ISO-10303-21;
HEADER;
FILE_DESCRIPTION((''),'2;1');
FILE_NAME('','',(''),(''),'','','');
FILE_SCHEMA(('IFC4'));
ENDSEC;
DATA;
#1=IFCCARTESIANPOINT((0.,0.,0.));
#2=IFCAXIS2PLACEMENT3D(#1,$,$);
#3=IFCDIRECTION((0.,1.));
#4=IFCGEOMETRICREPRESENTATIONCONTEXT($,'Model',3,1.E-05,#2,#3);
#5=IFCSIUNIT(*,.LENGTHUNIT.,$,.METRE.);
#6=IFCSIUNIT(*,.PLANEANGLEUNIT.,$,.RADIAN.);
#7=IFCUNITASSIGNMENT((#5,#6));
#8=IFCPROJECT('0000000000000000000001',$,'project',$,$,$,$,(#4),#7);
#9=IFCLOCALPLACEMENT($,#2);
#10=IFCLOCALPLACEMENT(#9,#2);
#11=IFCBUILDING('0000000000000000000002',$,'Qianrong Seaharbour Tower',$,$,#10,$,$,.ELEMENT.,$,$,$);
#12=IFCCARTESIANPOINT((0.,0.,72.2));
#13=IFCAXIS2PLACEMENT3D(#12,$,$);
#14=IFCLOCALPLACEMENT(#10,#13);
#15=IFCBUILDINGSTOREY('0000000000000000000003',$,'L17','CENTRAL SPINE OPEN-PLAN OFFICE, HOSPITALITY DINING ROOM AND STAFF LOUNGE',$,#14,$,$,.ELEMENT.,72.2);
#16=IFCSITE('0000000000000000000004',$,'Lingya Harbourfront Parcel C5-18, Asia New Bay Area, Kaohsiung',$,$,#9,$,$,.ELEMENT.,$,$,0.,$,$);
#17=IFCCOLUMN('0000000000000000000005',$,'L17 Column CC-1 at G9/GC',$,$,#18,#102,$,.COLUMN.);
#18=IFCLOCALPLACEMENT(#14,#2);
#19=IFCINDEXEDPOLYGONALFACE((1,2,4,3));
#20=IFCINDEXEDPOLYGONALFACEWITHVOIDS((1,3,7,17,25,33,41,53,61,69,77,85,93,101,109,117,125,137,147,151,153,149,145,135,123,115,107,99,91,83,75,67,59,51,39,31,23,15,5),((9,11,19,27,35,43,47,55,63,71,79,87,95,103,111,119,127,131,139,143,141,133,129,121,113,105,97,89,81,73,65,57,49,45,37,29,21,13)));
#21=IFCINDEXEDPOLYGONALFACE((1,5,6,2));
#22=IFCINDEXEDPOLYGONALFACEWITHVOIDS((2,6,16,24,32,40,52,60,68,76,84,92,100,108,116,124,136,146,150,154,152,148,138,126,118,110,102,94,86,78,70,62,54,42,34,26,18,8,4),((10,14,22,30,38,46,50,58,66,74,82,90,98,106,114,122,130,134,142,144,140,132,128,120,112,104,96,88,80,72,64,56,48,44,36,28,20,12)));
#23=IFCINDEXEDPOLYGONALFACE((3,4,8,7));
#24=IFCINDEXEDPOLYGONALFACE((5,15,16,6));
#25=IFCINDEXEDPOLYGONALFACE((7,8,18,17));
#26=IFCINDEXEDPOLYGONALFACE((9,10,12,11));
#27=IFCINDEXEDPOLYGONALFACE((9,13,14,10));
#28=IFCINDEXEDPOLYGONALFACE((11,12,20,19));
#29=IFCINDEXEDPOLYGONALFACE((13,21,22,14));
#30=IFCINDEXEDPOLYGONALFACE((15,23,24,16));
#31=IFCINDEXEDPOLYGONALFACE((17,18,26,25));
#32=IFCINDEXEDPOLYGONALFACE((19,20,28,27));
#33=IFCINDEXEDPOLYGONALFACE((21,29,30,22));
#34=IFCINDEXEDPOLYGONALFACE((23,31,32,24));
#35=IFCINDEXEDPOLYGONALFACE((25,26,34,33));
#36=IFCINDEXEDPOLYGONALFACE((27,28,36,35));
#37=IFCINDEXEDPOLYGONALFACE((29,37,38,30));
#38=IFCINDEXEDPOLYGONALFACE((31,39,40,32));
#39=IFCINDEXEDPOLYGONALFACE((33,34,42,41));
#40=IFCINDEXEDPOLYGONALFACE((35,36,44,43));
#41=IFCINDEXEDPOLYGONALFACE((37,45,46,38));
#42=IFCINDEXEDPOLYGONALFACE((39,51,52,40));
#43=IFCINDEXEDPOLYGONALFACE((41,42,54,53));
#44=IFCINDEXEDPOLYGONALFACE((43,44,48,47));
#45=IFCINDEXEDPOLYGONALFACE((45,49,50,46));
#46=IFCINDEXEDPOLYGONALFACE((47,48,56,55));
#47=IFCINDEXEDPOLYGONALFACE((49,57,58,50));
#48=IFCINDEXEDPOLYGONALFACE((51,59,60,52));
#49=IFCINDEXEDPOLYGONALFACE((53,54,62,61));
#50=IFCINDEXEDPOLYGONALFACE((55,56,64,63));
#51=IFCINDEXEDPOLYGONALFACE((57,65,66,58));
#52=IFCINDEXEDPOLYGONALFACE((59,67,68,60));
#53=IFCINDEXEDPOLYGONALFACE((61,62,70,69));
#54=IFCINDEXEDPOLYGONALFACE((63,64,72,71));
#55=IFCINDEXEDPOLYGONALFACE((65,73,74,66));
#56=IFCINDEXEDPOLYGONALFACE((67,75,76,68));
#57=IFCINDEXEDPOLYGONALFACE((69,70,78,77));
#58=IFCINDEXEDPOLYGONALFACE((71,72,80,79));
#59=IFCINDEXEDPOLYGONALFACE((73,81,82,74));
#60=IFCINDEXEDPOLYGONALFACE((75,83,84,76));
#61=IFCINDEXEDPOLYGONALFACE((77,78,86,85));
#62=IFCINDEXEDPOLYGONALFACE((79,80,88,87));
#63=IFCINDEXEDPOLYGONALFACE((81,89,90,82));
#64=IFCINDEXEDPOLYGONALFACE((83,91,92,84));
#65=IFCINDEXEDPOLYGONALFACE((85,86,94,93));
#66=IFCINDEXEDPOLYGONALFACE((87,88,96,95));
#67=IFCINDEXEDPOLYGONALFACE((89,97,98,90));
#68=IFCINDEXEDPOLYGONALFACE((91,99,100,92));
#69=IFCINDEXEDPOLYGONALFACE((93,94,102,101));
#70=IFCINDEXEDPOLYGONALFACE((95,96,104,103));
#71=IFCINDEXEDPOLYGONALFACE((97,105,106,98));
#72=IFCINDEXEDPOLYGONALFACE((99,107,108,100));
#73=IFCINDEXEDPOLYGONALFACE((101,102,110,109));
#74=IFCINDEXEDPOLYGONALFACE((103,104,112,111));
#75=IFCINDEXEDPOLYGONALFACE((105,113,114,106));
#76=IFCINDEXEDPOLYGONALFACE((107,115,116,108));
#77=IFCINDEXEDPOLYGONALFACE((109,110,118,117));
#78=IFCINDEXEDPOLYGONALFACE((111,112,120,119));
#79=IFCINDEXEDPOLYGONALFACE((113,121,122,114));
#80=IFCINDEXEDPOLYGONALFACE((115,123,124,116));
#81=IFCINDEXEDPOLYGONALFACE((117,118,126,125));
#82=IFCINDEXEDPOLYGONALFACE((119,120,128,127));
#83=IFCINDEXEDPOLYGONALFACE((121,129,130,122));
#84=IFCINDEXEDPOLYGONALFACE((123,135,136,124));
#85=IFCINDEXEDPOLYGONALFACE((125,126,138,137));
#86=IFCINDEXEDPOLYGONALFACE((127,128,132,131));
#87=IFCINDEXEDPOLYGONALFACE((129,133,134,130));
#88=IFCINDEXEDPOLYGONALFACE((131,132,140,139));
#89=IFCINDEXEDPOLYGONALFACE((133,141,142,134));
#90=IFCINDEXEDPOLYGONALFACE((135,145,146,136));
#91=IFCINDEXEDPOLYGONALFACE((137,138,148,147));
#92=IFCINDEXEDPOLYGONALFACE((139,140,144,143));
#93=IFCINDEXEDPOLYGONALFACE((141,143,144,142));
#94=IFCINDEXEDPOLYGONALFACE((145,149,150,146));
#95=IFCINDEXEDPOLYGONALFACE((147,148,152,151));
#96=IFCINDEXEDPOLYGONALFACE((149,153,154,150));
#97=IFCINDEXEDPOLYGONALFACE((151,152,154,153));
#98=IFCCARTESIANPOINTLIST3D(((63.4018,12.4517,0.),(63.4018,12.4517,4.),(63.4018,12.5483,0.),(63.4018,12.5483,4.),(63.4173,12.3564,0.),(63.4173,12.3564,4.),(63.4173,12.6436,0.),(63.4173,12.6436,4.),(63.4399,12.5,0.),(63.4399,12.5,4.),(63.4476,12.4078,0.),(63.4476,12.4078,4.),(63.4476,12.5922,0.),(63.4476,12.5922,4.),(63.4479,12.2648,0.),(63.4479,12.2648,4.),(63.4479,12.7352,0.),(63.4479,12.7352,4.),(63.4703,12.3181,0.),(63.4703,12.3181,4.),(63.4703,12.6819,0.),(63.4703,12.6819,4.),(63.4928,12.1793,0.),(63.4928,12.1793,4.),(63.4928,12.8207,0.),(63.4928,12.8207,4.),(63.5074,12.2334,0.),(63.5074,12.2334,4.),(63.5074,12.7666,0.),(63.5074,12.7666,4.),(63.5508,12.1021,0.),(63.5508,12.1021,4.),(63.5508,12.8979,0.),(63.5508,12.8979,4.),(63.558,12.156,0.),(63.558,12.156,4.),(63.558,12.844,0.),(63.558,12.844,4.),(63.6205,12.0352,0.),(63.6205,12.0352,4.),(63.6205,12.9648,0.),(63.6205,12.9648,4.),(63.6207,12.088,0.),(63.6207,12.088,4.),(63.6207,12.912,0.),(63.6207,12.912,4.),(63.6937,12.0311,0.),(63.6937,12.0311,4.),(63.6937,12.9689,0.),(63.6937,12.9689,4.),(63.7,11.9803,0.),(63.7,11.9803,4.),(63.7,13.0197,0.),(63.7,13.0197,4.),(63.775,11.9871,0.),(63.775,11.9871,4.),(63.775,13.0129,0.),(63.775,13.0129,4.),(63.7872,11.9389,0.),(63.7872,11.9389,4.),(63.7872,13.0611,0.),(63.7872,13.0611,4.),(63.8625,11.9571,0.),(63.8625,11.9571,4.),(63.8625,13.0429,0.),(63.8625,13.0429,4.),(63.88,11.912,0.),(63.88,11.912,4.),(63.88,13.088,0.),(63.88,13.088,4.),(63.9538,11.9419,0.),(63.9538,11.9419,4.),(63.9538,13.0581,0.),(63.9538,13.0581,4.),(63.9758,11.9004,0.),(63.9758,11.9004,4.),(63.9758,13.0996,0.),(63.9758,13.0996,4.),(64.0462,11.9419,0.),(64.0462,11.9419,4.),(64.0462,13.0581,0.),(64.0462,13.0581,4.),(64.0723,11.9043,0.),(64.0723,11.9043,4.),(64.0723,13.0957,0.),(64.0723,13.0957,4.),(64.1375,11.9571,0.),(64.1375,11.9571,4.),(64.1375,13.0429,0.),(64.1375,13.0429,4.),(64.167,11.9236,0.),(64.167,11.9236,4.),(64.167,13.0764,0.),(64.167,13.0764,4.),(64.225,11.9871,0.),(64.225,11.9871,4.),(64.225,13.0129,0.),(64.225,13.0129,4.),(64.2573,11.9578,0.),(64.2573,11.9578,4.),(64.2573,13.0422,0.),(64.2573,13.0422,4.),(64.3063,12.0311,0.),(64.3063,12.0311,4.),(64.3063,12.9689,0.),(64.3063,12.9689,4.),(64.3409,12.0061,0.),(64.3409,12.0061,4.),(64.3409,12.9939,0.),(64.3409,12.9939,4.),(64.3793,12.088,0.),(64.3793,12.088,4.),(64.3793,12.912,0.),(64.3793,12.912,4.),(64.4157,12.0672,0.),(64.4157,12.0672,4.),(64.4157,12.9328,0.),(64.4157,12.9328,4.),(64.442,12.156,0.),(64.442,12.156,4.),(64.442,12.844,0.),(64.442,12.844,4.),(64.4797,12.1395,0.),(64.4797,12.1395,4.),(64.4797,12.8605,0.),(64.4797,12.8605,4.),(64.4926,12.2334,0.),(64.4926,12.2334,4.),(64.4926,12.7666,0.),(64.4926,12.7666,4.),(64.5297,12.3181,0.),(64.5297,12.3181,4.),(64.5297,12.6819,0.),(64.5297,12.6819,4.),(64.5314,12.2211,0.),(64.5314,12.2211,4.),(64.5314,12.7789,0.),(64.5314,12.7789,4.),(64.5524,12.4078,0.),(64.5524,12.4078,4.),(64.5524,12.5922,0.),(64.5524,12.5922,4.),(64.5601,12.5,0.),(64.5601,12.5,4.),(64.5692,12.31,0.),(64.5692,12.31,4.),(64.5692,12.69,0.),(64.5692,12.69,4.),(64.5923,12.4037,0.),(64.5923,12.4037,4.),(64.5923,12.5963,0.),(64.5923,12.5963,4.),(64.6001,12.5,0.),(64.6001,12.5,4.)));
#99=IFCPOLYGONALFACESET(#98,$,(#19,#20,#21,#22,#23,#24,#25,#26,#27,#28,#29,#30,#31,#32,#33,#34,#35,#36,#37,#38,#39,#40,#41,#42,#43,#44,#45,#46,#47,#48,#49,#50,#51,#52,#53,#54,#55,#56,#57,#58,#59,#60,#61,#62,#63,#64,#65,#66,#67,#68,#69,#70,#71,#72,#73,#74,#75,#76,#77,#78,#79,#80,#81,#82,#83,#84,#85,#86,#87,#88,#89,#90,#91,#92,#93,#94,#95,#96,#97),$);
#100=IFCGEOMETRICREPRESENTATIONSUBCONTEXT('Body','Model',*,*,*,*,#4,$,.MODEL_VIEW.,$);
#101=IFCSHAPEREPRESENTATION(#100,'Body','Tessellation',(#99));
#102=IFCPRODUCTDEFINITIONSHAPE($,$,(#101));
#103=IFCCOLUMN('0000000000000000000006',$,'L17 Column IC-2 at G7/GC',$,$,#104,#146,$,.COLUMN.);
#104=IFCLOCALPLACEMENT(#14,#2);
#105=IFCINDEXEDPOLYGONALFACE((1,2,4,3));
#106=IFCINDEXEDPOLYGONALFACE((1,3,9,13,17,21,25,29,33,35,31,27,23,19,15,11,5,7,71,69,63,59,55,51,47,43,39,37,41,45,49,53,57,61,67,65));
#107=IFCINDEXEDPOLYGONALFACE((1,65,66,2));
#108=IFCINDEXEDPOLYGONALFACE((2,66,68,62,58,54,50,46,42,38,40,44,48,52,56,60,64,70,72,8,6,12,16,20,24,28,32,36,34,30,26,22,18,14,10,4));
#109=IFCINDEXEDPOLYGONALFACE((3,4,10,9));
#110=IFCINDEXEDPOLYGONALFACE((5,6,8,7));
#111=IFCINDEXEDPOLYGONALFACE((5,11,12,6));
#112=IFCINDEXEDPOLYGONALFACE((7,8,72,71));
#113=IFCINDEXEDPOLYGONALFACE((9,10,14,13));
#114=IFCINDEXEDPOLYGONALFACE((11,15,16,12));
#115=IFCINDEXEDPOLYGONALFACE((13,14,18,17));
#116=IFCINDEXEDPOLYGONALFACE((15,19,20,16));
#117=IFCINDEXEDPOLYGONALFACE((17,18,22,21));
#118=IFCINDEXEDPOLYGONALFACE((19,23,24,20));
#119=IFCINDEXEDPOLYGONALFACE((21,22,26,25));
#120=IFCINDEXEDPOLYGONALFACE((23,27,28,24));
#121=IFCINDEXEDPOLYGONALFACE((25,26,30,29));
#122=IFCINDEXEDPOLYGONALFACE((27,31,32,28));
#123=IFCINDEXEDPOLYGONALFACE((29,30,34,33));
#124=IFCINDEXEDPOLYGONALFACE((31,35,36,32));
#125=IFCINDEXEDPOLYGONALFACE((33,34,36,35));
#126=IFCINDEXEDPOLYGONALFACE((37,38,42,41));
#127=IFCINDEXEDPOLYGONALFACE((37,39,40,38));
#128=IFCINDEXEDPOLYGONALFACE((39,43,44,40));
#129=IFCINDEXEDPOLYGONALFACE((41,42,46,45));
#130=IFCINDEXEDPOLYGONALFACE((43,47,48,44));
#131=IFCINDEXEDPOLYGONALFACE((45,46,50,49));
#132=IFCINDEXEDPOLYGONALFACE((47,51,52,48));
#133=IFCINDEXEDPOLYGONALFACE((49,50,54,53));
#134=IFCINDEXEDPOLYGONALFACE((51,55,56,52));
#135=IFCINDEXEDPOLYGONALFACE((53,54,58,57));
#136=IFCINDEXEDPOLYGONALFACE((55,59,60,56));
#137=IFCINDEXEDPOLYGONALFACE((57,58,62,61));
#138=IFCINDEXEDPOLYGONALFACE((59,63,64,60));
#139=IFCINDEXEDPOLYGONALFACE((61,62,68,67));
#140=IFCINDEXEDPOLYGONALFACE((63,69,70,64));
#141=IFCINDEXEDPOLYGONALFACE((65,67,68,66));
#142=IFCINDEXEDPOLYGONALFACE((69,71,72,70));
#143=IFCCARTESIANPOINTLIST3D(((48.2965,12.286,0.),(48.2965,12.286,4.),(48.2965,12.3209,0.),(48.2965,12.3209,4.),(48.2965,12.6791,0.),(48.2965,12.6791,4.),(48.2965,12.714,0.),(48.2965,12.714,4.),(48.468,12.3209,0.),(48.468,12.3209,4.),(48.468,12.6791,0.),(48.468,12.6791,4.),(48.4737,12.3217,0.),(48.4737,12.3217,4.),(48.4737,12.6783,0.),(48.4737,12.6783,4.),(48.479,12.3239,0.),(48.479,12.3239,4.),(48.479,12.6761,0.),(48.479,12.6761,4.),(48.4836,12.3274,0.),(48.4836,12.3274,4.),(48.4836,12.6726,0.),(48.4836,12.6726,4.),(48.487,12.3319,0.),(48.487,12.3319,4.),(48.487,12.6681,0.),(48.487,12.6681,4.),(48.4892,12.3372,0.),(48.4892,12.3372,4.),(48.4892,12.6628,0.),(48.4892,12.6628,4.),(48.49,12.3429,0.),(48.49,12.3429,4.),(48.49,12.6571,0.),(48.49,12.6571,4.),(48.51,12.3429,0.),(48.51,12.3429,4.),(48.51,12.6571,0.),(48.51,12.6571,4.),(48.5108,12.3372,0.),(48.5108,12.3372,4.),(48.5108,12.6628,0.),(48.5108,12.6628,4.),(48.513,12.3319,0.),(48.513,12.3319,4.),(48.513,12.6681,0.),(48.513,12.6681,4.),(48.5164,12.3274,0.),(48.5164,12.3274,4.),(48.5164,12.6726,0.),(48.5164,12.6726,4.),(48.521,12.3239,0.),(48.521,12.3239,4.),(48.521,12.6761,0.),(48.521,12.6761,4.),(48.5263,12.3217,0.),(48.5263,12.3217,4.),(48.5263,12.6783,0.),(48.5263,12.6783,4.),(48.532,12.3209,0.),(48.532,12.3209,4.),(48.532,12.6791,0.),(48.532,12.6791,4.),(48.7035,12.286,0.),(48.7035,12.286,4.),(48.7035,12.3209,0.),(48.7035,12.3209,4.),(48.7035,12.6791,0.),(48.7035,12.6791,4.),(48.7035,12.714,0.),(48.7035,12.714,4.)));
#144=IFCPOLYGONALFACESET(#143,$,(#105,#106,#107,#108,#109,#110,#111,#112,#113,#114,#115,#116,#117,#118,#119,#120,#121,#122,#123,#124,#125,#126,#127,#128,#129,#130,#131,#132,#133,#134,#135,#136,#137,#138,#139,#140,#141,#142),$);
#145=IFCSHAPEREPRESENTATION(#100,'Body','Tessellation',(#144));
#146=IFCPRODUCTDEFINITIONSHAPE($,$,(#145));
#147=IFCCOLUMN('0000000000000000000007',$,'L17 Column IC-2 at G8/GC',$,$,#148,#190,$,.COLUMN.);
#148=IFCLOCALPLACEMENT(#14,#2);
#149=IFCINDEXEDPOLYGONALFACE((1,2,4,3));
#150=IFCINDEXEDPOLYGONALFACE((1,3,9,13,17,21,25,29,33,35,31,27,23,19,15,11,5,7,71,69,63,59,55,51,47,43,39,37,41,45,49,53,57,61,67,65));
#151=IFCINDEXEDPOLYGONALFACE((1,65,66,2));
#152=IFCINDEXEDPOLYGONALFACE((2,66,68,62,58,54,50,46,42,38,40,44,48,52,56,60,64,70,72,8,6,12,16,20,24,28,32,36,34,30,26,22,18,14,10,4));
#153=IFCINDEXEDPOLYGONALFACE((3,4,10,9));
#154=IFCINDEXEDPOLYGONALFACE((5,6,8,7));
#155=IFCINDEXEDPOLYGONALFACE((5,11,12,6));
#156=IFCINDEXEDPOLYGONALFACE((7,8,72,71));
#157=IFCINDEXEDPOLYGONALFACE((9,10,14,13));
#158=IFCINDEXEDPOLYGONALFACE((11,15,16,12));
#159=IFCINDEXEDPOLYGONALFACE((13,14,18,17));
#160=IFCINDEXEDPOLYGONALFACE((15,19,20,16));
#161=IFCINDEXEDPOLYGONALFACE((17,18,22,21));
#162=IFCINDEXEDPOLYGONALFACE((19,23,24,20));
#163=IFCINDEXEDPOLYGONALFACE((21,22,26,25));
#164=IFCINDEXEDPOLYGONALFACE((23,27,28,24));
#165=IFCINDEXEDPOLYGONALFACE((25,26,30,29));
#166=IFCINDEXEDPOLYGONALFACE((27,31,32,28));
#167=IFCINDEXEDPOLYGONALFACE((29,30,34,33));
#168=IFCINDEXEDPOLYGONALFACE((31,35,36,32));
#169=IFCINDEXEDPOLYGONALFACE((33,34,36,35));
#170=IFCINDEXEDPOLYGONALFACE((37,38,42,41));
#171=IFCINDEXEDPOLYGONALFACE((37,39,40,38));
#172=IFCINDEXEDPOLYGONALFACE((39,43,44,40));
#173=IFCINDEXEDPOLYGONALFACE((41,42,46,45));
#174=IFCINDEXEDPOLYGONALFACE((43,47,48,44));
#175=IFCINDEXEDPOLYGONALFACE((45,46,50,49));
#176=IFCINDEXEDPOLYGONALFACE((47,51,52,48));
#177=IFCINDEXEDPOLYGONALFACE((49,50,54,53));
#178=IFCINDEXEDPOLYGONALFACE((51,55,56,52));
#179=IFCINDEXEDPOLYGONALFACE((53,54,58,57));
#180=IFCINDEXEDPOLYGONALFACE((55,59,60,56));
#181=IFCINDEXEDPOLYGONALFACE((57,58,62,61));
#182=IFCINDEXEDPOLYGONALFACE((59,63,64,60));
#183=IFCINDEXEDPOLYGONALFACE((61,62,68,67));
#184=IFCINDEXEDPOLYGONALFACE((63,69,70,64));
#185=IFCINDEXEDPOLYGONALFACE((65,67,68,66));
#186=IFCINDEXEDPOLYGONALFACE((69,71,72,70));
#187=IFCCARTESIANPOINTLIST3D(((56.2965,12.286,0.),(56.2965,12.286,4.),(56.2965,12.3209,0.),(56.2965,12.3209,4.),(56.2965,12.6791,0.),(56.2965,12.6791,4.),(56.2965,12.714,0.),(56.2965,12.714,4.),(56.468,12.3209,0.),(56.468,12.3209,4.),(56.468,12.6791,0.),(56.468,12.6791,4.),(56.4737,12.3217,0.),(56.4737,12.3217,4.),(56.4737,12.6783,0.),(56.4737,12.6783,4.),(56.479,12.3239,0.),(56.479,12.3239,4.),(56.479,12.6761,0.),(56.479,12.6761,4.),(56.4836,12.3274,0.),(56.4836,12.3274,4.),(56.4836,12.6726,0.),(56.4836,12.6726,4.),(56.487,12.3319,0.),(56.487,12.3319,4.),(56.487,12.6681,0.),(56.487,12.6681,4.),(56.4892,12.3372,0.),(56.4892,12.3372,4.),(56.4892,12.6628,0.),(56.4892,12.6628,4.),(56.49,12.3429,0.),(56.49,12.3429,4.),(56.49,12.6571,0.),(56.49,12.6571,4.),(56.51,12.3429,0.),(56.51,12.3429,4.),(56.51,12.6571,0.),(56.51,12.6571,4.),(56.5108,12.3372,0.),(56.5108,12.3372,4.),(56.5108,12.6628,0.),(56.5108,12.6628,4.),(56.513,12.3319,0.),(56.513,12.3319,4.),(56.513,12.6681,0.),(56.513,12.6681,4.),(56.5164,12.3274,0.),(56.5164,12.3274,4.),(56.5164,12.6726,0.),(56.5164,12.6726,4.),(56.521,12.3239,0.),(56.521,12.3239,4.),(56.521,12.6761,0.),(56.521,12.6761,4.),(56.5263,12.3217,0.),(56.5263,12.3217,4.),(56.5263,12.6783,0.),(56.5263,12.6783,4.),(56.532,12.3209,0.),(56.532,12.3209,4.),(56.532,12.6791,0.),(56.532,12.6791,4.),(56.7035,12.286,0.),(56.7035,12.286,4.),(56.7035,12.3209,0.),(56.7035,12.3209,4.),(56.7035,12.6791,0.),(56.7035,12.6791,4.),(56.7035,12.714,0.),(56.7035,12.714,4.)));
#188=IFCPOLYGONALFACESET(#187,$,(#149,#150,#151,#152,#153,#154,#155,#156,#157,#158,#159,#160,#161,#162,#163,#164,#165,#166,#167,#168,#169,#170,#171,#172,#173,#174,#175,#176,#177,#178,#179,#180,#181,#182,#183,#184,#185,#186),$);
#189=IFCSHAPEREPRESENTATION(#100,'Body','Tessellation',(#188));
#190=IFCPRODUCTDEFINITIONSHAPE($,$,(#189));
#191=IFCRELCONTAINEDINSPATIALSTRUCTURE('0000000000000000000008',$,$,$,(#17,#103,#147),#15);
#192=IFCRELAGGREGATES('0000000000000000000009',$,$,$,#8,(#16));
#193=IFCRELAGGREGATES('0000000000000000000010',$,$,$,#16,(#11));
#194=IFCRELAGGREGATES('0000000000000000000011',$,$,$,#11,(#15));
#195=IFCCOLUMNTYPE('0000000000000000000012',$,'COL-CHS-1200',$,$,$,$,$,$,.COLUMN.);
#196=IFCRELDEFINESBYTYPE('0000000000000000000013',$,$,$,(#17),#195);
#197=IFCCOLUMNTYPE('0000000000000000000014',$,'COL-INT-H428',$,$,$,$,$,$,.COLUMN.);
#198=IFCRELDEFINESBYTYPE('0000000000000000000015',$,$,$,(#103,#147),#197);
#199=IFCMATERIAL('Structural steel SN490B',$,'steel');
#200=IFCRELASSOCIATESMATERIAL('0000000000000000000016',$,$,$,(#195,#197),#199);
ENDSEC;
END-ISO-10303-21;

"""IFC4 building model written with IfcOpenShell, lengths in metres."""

from ifc_helpers import new_model, si_unit, direction, frame, origin, origin_2d, place, context, subcontext, project, spatial, hollow_circle, i_section, extrude, material, material_profile, profile_set, type_object, element, save


model = new_model("IFC4")

# Units and contexts
model_context = context("Model", 3, precision=1e-05, world=origin(), true_north=direction((0.0, 1.0)))
body_context = subcontext(model_context, "Body", "Model", "MODEL_VIEW")
ifc_project = project(units=[si_unit("LENGTHUNIT", "METRE"), si_unit("PLANEANGLEUNIT", "RADIAN")], contexts=[model_context])

# Site, building, storey
site_placement = place(None, origin())
site = spatial("IfcSite", under=ifc_project, at=site_placement, Name="Lingya Harbourfront Parcel C5-18, Asia New Bay Area, Kaohsiung", CompositionType="ELEMENT", RefElevation=0.0)
building_placement = place(site_placement, origin())
building = spatial("IfcBuilding", under=site, at=building_placement, Name="Qianrong Seaharbour Tower", CompositionType="ELEMENT")
storey_placement = place(building_placement, frame((0.0, 0.0, 72.2)))
storey = spatial("IfcBuildingStorey", under=building, at=storey_placement, Name="L17", Description="CENTRAL SPINE OPEN-PLAN OFFICE, HOSPITALITY DINING ROOM AND STAFF LOUNGE", CompositionType="ELEMENT", Elevation=72.2)

# Columns
ifc_material_1 = material(Name="Structural steel SN490B", Category="steel")
ifc_material_profile_1 = material_profile(ifc_material_1, hollow_circle(Radius=0.6001, WallThickness=0.04, at=origin_2d()), Name="CHS1200x40")
ifc_profile_set_1 = profile_set([ifc_material_profile_1], Name="Structural steel SN490B")
column_type_1 = type_object("IfcColumnType", Name="COL-CHS-1200", PredefinedType="COLUMN", material=ifc_profile_set_1)
column_placement = place(storey_placement, frame((64.0, 12.5, 0.0), z_axis=(0.0, 0.0, 1.0), x_axis=(1.0, 0.0, 0.0)))
element("IfcColumn", 1, at=column_placement, inside=storey, type_object=column_type_1, Name="L17 Column CC-1 at G9/GC", PredefinedType="COLUMN", context=body_context, shape_type="SweptSolid", body=[
    extrude(hollow_circle(Radius=0.6001, WallThickness=0.04, at=origin_2d()), origin(), (0.0, 0.0, 1.0), 4.0),
])
ifc_material_profile_2 = material_profile(ifc_material_1, i_section(OverallWidth=0.407, OverallDepth=0.428, WebThickness=0.02, FlangeThickness=0.0349, FilletRadius=0.022, at=origin_2d()), Name="H428x407x20x35")
ifc_profile_set_2 = profile_set([ifc_material_profile_2], Name="Structural steel SN490B")
column_type_2 = type_object("IfcColumnType", Name="COL-INT-H428", PredefinedType="COLUMN", material=ifc_profile_set_2)
for number, where, z_axis, x_axis, name in (
    (2, (48.5, 12.5, 0.0), (0.0, 0.0, 1.0), (1.0, 0.0, 0.0), "L17 Column IC-2 at G7/GC"),
    (3, (56.5, 12.5, 0.0), (0.0, 0.0, 1.0), (1.0, 0.0, 0.0), "L17 Column IC-2 at G8/GC"),
):
    element("IfcColumn", number, at=place(storey_placement, frame(where, z_axis=z_axis, x_axis=x_axis)), inside=storey, type_object=column_type_2, Name=name, PredefinedType="COLUMN", context=body_context, shape_type="SweptSolid", body=[
        extrude(i_section(OverallWidth=0.407, OverallDepth=0.428, WebThickness=0.02, FlangeThickness=0.0349, FilletRadius=0.022, at=origin_2d()), origin(), (0.0, 0.0, 1.0), 4.0),
    ])

save(model, "model.ifc")
